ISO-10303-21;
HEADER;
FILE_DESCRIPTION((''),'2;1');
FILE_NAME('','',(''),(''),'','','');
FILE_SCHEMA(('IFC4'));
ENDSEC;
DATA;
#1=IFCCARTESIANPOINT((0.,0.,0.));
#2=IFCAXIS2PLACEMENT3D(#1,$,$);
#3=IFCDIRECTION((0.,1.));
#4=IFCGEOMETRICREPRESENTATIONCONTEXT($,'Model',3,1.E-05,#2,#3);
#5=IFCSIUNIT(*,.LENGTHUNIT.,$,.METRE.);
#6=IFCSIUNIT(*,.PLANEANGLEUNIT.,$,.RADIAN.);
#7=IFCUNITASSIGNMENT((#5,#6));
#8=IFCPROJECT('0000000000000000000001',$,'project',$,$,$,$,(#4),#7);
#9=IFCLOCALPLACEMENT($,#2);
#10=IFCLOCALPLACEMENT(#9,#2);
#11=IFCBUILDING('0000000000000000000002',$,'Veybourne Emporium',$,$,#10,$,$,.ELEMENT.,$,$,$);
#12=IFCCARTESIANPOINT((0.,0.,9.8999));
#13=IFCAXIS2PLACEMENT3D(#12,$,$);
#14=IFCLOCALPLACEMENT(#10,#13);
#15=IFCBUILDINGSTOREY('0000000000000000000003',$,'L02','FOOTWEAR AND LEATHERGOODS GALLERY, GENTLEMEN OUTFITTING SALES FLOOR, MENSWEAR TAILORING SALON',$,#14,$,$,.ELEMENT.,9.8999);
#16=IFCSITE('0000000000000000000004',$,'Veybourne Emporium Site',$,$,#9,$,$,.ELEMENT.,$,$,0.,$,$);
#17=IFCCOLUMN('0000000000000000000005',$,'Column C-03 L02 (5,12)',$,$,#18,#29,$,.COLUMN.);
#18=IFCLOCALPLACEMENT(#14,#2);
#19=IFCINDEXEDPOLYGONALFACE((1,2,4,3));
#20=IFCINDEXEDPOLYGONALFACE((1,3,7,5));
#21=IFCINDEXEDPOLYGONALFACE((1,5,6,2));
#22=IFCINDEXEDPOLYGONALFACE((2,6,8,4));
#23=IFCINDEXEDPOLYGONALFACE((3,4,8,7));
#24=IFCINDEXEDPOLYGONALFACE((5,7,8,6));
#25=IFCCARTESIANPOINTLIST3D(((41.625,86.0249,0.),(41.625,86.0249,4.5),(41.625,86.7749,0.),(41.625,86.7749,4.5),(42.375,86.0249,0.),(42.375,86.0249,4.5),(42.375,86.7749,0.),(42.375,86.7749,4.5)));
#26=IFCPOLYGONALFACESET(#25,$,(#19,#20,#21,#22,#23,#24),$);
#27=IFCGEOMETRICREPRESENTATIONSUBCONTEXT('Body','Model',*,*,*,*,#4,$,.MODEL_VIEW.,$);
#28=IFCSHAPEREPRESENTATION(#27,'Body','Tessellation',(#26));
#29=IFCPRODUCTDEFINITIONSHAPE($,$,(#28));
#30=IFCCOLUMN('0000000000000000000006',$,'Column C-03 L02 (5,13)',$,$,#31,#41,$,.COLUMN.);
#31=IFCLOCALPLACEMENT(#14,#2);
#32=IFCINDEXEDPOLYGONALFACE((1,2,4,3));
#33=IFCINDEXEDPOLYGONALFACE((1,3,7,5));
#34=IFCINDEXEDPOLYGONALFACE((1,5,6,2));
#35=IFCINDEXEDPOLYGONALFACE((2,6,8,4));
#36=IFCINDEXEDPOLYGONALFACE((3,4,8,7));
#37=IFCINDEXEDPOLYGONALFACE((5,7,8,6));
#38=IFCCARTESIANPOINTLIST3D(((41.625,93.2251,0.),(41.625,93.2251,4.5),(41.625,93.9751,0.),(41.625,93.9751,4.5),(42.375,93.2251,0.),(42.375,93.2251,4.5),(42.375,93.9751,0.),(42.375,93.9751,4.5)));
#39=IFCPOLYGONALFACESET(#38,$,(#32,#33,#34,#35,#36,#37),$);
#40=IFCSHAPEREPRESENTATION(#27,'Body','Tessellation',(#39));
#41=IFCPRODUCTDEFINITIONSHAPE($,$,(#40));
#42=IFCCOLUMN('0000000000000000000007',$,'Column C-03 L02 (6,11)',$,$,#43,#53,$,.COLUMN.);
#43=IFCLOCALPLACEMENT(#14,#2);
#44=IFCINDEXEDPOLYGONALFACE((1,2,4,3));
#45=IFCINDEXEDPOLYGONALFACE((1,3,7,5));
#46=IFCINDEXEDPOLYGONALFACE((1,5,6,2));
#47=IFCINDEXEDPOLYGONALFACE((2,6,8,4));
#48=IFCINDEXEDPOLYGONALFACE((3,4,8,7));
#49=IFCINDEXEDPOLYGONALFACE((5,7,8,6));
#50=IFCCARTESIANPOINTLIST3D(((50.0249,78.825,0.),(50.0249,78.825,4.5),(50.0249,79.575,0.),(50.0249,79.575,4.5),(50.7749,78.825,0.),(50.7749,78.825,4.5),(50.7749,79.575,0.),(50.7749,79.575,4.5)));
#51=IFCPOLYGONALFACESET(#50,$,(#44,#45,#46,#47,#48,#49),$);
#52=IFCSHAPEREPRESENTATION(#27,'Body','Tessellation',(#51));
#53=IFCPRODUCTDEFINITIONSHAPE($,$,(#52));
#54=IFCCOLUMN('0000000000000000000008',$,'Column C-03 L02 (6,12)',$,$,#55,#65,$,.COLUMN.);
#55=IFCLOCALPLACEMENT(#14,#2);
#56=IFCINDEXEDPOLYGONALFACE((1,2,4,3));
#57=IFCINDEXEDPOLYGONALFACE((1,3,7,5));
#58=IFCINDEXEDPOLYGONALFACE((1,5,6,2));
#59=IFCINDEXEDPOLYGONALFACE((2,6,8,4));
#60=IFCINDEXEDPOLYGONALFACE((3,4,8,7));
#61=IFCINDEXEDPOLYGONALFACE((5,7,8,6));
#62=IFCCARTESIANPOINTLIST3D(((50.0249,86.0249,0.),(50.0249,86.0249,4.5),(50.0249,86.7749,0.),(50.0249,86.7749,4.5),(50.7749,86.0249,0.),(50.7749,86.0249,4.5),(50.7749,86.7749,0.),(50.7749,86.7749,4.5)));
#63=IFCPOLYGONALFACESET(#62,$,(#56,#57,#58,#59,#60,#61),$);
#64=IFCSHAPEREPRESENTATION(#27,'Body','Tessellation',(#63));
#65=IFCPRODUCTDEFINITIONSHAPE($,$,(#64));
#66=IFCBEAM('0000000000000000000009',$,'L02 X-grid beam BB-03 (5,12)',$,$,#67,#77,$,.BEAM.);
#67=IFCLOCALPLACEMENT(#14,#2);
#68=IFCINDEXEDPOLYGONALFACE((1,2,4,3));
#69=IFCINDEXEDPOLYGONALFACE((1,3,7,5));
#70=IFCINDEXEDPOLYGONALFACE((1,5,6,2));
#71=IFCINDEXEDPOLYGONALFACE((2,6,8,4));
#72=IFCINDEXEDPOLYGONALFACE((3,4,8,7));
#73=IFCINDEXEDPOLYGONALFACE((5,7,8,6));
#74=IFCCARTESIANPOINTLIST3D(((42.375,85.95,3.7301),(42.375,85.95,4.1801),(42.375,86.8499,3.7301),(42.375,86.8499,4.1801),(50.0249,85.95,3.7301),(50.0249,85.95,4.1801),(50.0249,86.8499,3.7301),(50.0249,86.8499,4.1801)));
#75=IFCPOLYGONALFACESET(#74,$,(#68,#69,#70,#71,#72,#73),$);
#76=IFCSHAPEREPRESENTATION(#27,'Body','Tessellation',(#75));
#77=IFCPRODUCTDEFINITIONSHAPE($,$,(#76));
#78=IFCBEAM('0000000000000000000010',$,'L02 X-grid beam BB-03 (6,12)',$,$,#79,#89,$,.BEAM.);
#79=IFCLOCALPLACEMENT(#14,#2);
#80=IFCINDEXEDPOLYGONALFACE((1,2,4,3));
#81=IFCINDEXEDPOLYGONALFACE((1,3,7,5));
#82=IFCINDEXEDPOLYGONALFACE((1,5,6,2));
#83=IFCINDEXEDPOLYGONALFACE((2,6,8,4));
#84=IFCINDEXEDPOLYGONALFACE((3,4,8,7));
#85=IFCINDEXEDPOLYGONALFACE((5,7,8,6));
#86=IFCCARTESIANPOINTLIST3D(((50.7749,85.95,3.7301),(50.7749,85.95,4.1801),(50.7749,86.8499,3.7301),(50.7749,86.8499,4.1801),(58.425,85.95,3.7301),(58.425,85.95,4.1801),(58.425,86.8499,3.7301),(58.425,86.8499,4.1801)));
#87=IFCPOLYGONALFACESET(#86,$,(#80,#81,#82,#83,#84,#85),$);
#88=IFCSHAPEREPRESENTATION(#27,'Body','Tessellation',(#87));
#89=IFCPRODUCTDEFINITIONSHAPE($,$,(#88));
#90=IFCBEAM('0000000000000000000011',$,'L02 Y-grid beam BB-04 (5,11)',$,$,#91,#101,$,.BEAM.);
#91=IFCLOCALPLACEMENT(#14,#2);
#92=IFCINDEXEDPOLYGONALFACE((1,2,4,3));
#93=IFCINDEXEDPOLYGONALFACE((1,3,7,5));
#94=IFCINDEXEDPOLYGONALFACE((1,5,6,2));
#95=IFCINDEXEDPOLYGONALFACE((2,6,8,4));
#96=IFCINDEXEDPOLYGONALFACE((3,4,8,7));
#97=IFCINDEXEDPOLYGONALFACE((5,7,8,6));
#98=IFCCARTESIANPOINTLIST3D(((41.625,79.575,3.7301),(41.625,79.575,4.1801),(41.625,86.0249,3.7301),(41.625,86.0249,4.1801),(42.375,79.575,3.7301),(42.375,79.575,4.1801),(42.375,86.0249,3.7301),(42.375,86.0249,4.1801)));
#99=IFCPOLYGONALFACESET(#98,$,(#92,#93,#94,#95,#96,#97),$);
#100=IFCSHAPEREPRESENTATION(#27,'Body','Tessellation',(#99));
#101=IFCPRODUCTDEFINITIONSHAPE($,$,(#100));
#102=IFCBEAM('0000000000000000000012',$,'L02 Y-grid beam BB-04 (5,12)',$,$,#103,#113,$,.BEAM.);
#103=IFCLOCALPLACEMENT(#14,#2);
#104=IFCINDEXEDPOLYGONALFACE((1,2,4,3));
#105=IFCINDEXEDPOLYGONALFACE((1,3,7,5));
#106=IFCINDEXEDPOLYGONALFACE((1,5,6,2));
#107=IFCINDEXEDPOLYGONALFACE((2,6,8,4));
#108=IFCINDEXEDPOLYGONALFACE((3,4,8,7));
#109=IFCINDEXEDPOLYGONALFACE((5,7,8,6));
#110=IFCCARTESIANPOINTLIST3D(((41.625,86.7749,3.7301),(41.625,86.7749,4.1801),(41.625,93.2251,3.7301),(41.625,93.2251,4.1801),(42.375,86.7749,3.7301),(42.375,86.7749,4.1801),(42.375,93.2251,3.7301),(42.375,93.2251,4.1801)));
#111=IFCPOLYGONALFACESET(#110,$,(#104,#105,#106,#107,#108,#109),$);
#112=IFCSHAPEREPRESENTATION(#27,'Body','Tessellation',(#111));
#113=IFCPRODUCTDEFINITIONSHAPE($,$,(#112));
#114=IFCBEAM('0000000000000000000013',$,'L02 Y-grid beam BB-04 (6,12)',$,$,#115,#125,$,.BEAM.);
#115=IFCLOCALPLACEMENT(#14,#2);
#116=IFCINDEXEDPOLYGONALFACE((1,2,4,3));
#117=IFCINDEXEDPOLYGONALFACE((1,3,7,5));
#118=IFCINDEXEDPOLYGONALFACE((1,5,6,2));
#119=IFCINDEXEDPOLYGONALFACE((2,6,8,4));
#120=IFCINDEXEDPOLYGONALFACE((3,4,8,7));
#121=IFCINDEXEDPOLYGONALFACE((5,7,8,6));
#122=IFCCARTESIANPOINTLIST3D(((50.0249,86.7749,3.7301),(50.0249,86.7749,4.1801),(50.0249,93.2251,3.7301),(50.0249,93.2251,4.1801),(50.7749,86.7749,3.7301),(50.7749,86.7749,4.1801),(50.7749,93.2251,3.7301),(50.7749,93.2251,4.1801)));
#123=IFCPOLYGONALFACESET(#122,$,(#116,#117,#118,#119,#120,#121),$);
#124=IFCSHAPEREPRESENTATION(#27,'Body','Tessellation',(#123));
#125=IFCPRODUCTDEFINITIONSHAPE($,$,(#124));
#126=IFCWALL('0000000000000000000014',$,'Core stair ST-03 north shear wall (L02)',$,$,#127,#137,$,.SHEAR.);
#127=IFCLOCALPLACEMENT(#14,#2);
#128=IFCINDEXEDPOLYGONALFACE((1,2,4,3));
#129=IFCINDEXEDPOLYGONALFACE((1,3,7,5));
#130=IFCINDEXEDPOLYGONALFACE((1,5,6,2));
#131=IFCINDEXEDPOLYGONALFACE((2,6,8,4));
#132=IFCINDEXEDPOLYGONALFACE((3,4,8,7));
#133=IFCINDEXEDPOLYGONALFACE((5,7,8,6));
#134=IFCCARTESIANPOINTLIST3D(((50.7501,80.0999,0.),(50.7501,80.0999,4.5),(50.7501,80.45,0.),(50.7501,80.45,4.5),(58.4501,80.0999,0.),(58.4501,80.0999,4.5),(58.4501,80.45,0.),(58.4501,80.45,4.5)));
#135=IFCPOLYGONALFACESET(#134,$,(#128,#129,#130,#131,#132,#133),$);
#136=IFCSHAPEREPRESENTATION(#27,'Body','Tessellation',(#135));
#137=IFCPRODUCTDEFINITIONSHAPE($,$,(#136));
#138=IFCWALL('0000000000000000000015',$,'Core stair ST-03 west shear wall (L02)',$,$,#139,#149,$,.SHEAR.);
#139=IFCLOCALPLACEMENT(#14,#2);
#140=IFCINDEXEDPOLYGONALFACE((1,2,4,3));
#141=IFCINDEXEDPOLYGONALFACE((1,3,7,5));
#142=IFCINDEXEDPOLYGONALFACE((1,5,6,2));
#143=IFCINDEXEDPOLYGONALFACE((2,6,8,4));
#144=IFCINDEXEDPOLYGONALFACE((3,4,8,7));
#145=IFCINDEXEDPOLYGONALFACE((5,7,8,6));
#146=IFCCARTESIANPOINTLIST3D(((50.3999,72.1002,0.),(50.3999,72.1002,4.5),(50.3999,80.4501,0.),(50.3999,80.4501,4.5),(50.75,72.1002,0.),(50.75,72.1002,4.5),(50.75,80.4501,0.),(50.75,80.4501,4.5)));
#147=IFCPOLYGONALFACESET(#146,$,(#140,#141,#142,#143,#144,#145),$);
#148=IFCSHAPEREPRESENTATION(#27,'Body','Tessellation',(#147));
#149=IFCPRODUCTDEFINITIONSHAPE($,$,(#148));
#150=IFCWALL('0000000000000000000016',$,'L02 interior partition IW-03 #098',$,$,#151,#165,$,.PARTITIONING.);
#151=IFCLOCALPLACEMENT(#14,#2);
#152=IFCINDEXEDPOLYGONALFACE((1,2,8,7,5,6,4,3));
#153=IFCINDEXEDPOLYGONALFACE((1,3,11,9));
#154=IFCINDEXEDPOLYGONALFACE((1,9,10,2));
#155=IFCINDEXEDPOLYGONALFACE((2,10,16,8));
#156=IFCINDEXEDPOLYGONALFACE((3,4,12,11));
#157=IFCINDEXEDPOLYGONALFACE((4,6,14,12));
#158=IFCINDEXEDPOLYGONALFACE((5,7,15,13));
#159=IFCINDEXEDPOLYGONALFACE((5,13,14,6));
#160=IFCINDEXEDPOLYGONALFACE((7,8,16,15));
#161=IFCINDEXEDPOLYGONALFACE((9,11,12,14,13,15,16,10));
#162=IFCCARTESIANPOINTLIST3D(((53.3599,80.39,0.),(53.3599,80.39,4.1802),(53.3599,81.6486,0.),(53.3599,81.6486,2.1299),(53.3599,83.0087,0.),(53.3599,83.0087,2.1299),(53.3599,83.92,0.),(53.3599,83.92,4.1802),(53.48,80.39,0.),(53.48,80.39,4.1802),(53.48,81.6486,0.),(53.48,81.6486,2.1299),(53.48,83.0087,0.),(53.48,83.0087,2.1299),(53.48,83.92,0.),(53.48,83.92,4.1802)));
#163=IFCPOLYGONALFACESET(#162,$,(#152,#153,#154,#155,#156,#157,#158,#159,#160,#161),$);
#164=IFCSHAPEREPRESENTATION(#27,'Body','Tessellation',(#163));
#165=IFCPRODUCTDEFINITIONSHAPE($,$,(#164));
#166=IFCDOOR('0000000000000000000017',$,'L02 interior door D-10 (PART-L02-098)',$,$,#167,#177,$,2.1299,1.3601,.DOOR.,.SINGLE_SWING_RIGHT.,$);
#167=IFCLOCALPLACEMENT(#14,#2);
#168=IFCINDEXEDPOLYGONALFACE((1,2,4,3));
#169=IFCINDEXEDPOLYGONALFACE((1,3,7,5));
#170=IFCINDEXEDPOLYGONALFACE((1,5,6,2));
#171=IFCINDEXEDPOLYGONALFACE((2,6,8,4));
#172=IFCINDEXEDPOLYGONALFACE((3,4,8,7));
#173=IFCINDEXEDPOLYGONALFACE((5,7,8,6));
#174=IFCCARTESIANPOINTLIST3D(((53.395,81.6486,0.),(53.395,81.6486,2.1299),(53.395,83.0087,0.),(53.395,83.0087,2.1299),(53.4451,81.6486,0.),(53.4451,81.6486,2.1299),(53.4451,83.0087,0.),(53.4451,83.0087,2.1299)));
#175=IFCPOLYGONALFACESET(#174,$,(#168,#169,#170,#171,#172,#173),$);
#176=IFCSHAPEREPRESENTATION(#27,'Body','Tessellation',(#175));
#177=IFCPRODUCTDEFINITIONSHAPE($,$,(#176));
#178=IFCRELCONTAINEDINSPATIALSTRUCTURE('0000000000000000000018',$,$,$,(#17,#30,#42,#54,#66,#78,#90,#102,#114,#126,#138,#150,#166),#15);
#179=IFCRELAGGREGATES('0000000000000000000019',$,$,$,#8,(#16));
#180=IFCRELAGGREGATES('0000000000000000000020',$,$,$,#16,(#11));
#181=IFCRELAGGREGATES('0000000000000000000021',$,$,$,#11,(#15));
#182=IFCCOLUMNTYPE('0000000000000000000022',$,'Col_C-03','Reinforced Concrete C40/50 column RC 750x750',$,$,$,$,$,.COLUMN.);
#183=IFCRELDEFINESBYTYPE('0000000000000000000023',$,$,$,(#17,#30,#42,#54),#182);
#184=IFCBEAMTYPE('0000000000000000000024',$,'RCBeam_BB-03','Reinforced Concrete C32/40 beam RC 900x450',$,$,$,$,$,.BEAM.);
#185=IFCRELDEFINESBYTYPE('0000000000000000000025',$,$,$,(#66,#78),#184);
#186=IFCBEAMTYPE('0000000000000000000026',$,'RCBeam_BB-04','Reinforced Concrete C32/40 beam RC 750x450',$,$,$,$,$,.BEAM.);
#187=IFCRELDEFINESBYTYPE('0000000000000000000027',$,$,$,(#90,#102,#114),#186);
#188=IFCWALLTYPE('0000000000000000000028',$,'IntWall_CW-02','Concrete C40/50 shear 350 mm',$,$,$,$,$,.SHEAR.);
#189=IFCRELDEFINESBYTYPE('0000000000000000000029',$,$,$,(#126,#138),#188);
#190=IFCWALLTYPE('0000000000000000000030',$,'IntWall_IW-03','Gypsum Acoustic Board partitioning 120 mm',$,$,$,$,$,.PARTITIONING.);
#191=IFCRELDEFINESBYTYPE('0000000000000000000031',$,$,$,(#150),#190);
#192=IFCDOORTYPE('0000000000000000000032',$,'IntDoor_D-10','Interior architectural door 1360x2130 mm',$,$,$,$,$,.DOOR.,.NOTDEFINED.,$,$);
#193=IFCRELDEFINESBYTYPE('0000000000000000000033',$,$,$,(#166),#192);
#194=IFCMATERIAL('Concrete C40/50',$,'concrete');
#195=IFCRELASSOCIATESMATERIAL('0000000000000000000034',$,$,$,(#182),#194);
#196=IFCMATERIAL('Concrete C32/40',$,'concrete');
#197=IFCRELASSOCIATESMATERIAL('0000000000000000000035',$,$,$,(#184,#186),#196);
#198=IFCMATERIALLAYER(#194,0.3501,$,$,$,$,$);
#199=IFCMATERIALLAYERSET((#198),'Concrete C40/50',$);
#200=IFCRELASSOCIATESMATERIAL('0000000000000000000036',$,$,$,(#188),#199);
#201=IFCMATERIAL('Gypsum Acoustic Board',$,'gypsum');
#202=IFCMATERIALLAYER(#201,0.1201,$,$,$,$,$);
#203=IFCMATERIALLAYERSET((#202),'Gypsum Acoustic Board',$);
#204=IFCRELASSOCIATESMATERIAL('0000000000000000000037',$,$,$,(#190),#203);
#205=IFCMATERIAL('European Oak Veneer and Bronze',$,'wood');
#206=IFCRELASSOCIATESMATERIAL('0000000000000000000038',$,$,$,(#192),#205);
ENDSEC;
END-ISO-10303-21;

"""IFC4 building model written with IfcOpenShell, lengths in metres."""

from ifc_helpers import new_model, si_unit, direction, frame, frame_2d, origin, origin_2d, place, context, subcontext, project, spatial, rectangle, extrude, material, layer, layer_set, material_profile, profile_set, type_object, element, fill, save


model = new_model("IFC4")

# Units and contexts
model_context = context("Model", 3, precision=1e-05, world=origin(), true_north=direction((0.0, 1.0)))
body_context = subcontext(model_context, "Body", "Model", "MODEL_VIEW")
ifc_project = project(units=[si_unit("LENGTHUNIT", "METRE"), si_unit("PLANEANGLEUNIT", "RADIAN")], contexts=[model_context])

# Site, building, storey
site_placement = place(None, origin())
site = spatial("IfcSite", under=ifc_project, at=site_placement, Name="Veybourne Emporium Site", CompositionType="ELEMENT", RefElevation=0.0)
building_placement = place(site_placement, origin())
building = spatial("IfcBuilding", under=site, at=building_placement, Name="Veybourne Emporium", CompositionType="ELEMENT")
storey_placement = place(building_placement, frame((0.0, 0.0, 9.8999)))
storey = spatial("IfcBuildingStorey", under=building, at=storey_placement, Name="L02", Description="FOOTWEAR AND LEATHERGOODS GALLERY, GENTLEMEN OUTFITTING SALES FLOOR, MENSWEAR TAILORING SALON", CompositionType="ELEMENT", Elevation=9.8999)

# Columns
ifc_material_1 = material(Name="Concrete C40/50", Category="concrete")
ifc_material_profile_1 = material_profile(ifc_material_1, rectangle(XDim=0.75, YDim=0.75, at=origin_2d()), Name="RC 750x750")
ifc_profile_set_1 = profile_set([ifc_material_profile_1], Name="Concrete C40/50")
column_type = type_object("IfcColumnType", Name="Col_C-03", Description="Reinforced Concrete C40/50 column RC 750x750", PredefinedType="COLUMN", material=ifc_profile_set_1)
for number, where, z_axis, x_axis, name in (
    (1, (42.0, 86.3999, 0.0), (0.0, 0.0, 1.0), (1.0, 0.0, 0.0), "Column C-03 L02 (5,12)"),
    (2, (42.0, 93.6001, 0.0), (0.0, 0.0, 1.0), (1.0, 0.0, 0.0), "Column C-03 L02 (5,13)"),
    (3, (50.3999, 79.2, 0.0), (0.0, 0.0, 1.0), (1.0, 0.0, 0.0), "Column C-03 L02 (6,11)"),
    (4, (50.3999, 86.3999, 0.0), (0.0, 0.0, 1.0), (1.0, 0.0, 0.0), "Column C-03 L02 (6,12)"),
):
    element("IfcColumn", number, at=place(storey_placement, frame(where, z_axis=z_axis, x_axis=x_axis)), inside=storey, type_object=column_type, Name=name, PredefinedType="COLUMN", context=body_context, shape_type="SweptSolid", body=[
        extrude(rectangle(XDim=0.75, YDim=0.75, at=origin_2d()), origin(), (0.0, 0.0, 1.0), 4.5),
    ])

# Beams
ifc_material_2 = material(Name="Concrete C32/40", Category="concrete")
ifc_material_profile_2 = material_profile(ifc_material_2, rectangle(XDim=0.8999, YDim=0.45, at=origin_2d()), Name="RC 900x450")
ifc_profile_set_2 = profile_set([ifc_material_profile_2], Name="Concrete C32/40")
beam_type_1 = type_object("IfcBeamType", Name="RCBeam_BB-03", Description="Reinforced Concrete C32/40 beam RC 900x450", PredefinedType="BEAM", material=ifc_profile_set_2)
beam_1_placement = place(storey_placement, frame((42.375, 86.3999, 3.9551), z_axis=(1.0, 0.0, 0.0), x_axis=(0.0, 1.0, 0.0)))
element("IfcBeam", 5, at=beam_1_placement, inside=storey, type_object=beam_type_1, Name="L02 X-grid beam BB-03 (5,12)", PredefinedType="BEAM", context=body_context, shape_type="SweptSolid", body=[
    extrude(rectangle(XDim=0.8999, YDim=0.45, at=origin_2d()), origin(), (0.0, 0.0, 1.0), 7.6499),
])
beam_2_placement = place(storey_placement, frame((50.7749, 86.3999, 3.9551), z_axis=(1.0, 0.0, 0.0), x_axis=(0.0, 1.0, 0.0)))
element("IfcBeam", 6, at=beam_2_placement, inside=storey, type_object=beam_type_1, Name="L02 X-grid beam BB-03 (6,12)", PredefinedType="BEAM", context=body_context, shape_type="SweptSolid", body=[
    extrude(rectangle(XDim=0.8999, YDim=0.45, at=origin_2d()), origin(), (0.0, 0.0, 1.0), 7.6501),
])
ifc_material_profile_3 = material_profile(ifc_material_2, rectangle(XDim=0.75, YDim=0.45, at=origin_2d()), Name="RC 750x450")
ifc_profile_set_3 = profile_set([ifc_material_profile_3], Name="Concrete C32/40")
beam_type_2 = type_object("IfcBeamType", Name="RCBeam_BB-04", Description="Reinforced Concrete C32/40 beam RC 750x450", PredefinedType="BEAM", material=ifc_profile_set_3)
beam_3_placement = place(storey_placement, frame((42.0, 79.575, 3.9551), z_axis=(0.0, 1.0, 0.0), x_axis=(-1.0, 0.0, 0.0)))
element("IfcBeam", 7, at=beam_3_placement, inside=storey, type_object=beam_type_2, Name="L02 Y-grid beam BB-04 (5,11)", PredefinedType="BEAM", context=body_context, shape_type="SweptSolid", body=[
    extrude(rectangle(XDim=0.75, YDim=0.45, at=origin_2d()), origin(), (0.0, 0.0, 1.0), 6.45),
])
for number, where, z_axis, x_axis, name in (
    (8, (42.0, 86.7749, 3.9551), (0.0, 1.0, 0.0), (-1.0, 0.0, 0.0), "L02 Y-grid beam BB-04 (5,12)"),
    (9, (50.3999, 86.7749, 3.9551), (0.0, 1.0, 0.0), (-1.0, 0.0, 0.0), "L02 Y-grid beam BB-04 (6,12)"),
):
    element("IfcBeam", number, at=place(storey_placement, frame(where, z_axis=z_axis, x_axis=x_axis)), inside=storey, type_object=beam_type_2, Name=name, PredefinedType="BEAM", context=body_context, shape_type="SweptSolid", body=[
        extrude(rectangle(XDim=0.75, YDim=0.45, at=origin_2d()), origin(), (0.0, 0.0, 1.0), 6.4502),
    ])

# Walls
ifc_layer_1 = layer(ifc_material_1, 0.3501)
ifc_layer_set_1 = layer_set([ifc_layer_1], Name="Concrete C40/50")
wall_type_1 = type_object("IfcWallType", Name="IntWall_CW-02", Description="Concrete C40/50 shear 350 mm", PredefinedType="SHEAR", material=ifc_layer_set_1)
wall_1_placement = place(storey_placement, frame((50.75, 80.2749, 0.0), z_axis=(0.0, 0.0, 1.0), x_axis=(1.0, 0.0, 0.0)))
element("IfcWall", 10, at=wall_1_placement, inside=storey, type_object=wall_type_1, Name="Core stair ST-03 north shear wall (L02)", PredefinedType="SHEAR", context=body_context, shape_type="SweptSolid", body=[
    extrude(rectangle(XDim=7.7, YDim=0.3501, at=frame_2d((3.8501, 0.0))), origin(), (0.0, 0.0, 1.0), 4.5),
])
wall_2_placement = place(storey_placement, frame((50.575, 80.45, 0.0), z_axis=(0.0, 0.0, 1.0), x_axis=(0.0, -1.0, 0.0)))
element("IfcWall", 11, at=wall_2_placement, inside=storey, type_object=wall_type_1, Name="Core stair ST-03 west shear wall (L02)", PredefinedType="SHEAR", context=body_context, shape_type="SweptSolid", body=[
    extrude(rectangle(XDim=8.3499, YDim=0.3501, at=frame_2d((4.1748, 0.0))), origin(), (0.0, 0.0, 1.0), 4.5),
])

# Wall, opening, door
ifc_material_3 = material(Name="Gypsum Acoustic Board", Category="gypsum")
ifc_layer_2 = layer(ifc_material_3, 0.1201)
ifc_layer_set_2 = layer_set([ifc_layer_2], Name="Gypsum Acoustic Board")
wall_type_2 = type_object("IfcWallType", Name="IntWall_IW-03", Description="Gypsum Acoustic Board partitioning 120 mm", PredefinedType="PARTITIONING", material=ifc_layer_set_2)
wall_3_placement = place(storey_placement, frame((53.4199, 80.3899, 0.0), z_axis=(0.0, 0.0, 1.0), x_axis=(0.0, 1.0, 0.0)))
wall_3 = element("IfcWall", 12, at=wall_3_placement, inside=storey, type_object=wall_type_2, Name="L02 interior partition IW-03 #098", PredefinedType="PARTITIONING", context=body_context, shape_type="SweptSolid", body=[
    extrude(rectangle(XDim=3.53, YDim=0.1201, at=frame_2d((1.7651, 0.0))), origin(), (0.0, 0.0, 1.0), 4.1802),
])
opening_1_placement = place(wall_3_placement, frame((1.2585, 0.0, 0.0)))
opening_1 = element("IfcOpeningElement", 13, at=opening_1_placement, cuts=wall_3, PredefinedType="OPENING", context=body_context, shape_type="SweptSolid", body=[
    extrude(rectangle(XDim=1.3601, YDim=2.1299, at=frame_2d((0.6802, 1.0649))), frame((0.0, 0.0801, 0.0), z_axis=(0.0, -1.0, 0.0), x_axis=(1.0, 0.0, 0.0)), (0.0, 0.0, 1.0), 0.1602),
])
ifc_material_4 = material(Name="European Oak Veneer and Bronze", Category="wood")
door_type_1 = type_object("IfcDoorType", Name="IntDoor_D-10", Description="Interior architectural door 1360x2130 mm", OperationType="NOTDEFINED", PredefinedType="DOOR", material=ifc_material_4)
door_1_placement = place(opening_1_placement, origin())
door_1 = element("IfcDoor", 14, at=door_1_placement, inside=storey, type_object=door_type_1, Name="L02 interior door D-10 (PART-L02-098)", OperationType="SINGLE_SWING_RIGHT", OverallHeight=2.1299, OverallWidth=1.3601, PredefinedType="DOOR", context=body_context, shape_type="SweptSolid", body=[
    extrude(rectangle(XDim=1.3601, YDim=2.1299, at=frame_2d((0.6802, 1.0649))), frame((0.0, 0.0249, 0.0), z_axis=(0.0, -1.0, 0.0), x_axis=(1.0, 0.0, 0.0)), (0.0, 0.0, 1.0), 0.05),
])
fill(opening_1, door_1)

save(model, "model.ifc")
